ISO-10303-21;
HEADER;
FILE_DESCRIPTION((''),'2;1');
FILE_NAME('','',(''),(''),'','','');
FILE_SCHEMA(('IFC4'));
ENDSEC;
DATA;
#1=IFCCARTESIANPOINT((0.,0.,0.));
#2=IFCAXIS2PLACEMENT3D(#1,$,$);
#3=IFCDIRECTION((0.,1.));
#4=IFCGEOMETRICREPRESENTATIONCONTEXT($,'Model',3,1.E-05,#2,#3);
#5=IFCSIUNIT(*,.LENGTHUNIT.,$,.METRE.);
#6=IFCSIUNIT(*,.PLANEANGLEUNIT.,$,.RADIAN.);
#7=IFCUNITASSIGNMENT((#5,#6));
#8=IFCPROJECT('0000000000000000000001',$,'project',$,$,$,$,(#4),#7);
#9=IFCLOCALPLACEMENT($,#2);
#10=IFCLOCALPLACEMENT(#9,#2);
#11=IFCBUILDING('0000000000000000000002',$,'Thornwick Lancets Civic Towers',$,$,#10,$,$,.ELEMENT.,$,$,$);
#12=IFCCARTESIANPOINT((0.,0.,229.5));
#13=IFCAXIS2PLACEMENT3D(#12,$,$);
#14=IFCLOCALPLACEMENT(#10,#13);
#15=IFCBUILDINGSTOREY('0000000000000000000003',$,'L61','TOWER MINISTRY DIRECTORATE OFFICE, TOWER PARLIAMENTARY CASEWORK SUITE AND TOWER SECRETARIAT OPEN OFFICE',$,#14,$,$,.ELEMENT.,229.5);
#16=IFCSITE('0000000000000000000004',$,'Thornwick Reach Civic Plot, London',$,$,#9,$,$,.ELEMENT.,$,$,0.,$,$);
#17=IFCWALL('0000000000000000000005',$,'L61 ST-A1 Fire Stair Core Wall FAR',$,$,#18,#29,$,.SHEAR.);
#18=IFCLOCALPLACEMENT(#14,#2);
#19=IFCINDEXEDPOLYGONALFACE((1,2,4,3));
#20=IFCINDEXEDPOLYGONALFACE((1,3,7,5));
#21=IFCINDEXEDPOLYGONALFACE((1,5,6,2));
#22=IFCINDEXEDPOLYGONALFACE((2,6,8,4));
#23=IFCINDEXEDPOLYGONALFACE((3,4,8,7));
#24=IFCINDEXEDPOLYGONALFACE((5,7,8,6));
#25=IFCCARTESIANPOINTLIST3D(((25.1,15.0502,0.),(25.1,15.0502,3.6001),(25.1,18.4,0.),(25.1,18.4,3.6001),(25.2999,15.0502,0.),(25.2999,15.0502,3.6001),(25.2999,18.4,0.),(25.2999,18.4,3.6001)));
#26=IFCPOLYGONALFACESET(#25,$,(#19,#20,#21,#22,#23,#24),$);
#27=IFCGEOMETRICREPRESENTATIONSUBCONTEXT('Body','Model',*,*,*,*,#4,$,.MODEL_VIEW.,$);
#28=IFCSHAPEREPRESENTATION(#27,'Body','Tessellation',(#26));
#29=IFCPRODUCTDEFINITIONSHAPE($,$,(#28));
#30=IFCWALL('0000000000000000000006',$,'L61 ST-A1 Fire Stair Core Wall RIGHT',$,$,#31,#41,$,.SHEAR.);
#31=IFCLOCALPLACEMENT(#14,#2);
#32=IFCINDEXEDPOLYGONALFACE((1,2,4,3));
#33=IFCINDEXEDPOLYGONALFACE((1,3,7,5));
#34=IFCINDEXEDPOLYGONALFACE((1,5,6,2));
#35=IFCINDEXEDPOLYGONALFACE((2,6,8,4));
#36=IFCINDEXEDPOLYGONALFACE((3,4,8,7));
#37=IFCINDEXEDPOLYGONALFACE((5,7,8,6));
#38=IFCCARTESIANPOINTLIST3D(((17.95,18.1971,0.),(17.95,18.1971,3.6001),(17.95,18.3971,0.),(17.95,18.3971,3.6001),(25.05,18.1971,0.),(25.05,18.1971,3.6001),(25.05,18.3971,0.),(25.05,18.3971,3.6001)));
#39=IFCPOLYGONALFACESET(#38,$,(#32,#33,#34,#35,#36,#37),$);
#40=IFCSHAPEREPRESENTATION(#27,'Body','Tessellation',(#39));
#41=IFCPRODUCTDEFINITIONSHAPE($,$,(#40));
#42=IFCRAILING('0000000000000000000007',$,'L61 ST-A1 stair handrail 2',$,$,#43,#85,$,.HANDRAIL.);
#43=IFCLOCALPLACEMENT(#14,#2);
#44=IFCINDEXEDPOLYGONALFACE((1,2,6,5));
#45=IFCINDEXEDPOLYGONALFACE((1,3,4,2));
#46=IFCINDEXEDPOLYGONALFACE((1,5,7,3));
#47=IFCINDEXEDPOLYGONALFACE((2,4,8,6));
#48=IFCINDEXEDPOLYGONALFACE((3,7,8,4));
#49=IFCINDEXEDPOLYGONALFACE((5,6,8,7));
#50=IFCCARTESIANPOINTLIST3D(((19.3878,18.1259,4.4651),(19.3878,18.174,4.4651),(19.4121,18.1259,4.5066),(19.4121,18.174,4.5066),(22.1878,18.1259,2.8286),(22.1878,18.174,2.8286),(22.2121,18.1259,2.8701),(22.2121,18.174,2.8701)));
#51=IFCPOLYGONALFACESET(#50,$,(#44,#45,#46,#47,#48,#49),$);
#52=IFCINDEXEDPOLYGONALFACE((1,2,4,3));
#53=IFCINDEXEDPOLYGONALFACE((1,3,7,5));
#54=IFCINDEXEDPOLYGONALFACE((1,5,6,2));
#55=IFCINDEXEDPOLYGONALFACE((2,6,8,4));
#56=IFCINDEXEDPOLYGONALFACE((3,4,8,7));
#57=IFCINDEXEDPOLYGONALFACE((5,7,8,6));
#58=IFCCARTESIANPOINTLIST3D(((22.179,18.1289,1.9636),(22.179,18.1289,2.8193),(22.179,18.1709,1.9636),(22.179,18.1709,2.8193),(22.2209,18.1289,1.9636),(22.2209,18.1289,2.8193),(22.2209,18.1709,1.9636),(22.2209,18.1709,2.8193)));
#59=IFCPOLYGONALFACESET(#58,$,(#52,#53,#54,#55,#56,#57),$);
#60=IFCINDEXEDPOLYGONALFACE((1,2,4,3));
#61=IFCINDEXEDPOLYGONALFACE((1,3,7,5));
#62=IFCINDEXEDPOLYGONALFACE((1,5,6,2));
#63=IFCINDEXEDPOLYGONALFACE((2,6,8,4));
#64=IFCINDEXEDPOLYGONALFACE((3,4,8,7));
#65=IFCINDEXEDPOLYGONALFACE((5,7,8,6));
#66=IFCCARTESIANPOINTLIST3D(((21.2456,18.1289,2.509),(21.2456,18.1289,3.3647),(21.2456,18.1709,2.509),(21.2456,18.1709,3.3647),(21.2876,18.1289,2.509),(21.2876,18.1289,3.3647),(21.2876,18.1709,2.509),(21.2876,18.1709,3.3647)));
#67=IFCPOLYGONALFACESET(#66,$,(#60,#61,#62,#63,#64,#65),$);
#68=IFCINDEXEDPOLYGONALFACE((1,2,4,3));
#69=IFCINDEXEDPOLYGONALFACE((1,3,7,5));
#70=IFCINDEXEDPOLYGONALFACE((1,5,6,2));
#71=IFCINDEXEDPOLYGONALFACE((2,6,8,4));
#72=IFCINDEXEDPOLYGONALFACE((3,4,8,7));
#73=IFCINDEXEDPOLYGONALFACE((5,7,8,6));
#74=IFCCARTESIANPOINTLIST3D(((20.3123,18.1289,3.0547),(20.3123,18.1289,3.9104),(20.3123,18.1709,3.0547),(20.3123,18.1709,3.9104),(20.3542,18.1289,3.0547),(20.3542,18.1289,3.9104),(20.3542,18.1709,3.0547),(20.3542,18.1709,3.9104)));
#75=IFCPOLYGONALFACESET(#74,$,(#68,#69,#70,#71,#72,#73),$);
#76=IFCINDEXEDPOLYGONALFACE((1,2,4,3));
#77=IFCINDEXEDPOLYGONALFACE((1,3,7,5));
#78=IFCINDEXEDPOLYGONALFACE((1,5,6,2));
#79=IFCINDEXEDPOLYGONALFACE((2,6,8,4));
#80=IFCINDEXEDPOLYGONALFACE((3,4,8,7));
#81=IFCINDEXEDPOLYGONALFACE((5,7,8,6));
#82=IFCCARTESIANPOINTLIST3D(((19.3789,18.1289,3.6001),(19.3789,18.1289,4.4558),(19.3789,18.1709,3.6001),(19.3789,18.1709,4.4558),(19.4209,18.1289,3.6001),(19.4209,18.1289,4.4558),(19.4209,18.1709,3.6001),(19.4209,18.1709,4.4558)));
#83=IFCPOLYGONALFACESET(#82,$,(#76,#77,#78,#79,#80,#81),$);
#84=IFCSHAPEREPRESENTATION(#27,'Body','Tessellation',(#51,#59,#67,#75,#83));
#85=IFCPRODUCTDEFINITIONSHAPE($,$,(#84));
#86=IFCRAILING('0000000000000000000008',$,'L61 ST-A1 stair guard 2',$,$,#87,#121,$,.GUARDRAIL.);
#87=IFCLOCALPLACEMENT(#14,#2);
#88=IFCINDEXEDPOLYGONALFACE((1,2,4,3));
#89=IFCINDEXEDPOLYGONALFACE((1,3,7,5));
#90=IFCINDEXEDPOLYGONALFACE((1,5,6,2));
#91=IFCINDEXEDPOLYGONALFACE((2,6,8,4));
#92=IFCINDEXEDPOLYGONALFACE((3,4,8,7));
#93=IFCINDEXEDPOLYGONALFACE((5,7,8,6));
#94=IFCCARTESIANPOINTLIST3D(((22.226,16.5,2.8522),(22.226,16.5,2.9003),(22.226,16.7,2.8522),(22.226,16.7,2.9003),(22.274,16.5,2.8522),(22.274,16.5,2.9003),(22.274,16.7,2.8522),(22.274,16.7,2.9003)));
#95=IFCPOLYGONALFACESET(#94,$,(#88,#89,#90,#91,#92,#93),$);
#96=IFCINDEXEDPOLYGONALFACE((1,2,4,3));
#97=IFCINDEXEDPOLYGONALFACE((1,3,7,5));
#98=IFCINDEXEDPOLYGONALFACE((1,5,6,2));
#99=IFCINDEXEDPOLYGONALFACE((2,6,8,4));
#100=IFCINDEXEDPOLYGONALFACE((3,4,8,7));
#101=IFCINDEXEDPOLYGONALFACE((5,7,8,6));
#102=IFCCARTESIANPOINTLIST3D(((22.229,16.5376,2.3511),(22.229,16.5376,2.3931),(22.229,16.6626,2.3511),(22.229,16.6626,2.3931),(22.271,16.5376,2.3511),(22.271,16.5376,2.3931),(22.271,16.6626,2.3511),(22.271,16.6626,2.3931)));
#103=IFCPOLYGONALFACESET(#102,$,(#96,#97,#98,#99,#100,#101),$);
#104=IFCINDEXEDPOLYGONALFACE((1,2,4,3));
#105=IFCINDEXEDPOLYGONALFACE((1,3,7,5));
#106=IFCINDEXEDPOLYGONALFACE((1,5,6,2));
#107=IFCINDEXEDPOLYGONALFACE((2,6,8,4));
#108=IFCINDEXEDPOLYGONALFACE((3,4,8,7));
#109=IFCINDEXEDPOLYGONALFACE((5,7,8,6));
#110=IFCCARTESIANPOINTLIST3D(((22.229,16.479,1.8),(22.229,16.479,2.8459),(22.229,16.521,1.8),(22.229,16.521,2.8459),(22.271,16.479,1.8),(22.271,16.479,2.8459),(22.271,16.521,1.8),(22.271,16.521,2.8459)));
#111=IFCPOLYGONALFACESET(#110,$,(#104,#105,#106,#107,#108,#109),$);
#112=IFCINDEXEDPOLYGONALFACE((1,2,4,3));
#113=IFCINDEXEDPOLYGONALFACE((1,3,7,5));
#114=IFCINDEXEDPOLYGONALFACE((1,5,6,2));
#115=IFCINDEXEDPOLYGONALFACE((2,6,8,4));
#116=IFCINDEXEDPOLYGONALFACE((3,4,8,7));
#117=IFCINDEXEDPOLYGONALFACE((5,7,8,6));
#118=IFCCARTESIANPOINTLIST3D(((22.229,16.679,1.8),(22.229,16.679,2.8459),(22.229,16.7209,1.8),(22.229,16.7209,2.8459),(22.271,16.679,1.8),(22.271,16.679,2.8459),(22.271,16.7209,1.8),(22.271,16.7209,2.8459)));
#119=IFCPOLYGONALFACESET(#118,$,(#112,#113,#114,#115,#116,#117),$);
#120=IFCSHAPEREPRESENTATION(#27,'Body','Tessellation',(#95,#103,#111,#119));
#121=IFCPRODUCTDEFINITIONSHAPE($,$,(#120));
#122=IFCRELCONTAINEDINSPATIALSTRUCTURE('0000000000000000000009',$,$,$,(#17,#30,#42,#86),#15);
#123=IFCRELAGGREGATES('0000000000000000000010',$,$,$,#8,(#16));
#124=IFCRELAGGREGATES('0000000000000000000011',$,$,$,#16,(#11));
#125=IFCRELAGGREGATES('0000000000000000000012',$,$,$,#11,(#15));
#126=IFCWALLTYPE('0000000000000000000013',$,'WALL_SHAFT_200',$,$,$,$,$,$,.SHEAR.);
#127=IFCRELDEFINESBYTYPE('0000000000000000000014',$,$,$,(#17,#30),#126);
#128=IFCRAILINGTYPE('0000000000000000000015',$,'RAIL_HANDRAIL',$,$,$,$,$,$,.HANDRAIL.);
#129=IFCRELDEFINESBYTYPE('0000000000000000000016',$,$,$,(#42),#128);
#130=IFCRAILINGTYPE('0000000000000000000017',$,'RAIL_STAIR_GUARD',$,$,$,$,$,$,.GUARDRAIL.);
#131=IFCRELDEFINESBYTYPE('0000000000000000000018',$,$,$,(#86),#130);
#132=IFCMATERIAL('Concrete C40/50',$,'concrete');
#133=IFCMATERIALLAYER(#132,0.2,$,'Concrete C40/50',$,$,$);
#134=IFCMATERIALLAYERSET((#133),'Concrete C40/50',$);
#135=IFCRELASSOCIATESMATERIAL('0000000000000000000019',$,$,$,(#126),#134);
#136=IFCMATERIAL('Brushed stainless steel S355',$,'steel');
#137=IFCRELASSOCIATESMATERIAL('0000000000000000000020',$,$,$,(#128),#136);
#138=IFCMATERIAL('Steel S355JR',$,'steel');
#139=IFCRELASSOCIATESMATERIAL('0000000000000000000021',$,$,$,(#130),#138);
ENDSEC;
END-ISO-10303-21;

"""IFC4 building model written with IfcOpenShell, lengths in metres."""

from ifc_helpers import new_model, si_unit, direction, frame, frame_2d, origin, origin_2d, place, context, subcontext, project, spatial, rectangle, extrude, material, layer, layer_set, type_object, element, save


model = new_model("IFC4")

# Units and contexts
model_context = context("Model", 3, precision=1e-05, world=origin(), true_north=direction((0.0, 1.0)))
body_context = subcontext(model_context, "Body", "Model", "MODEL_VIEW")
ifc_project = project(units=[si_unit("LENGTHUNIT", "METRE"), si_unit("PLANEANGLEUNIT", "RADIAN")], contexts=[model_context])

# Site, building, storey
site_placement = place(None, origin())
site = spatial("IfcSite", under=ifc_project, at=site_placement, Name="Thornwick Reach Civic Plot, London", CompositionType="ELEMENT", RefElevation=0.0)
building_placement = place(site_placement, origin())
building = spatial("IfcBuilding", under=site, at=building_placement, Name="Thornwick Lancets Civic Towers", CompositionType="ELEMENT")
storey_placement = place(building_placement, frame((0.0, 0.0, 229.5)))
storey = spatial("IfcBuildingStorey", under=building, at=storey_placement, Name="L61", Description="TOWER MINISTRY DIRECTORATE OFFICE, TOWER PARLIAMENTARY CASEWORK SUITE AND TOWER SECRETARIAT OPEN OFFICE", CompositionType="ELEMENT", Elevation=229.5)

# Shared definitions
ifc_material_1 = material(Name="Steel S355JR", Category="steel")

# Shared definitions
ifc_material_2 = material(Name="Concrete C40/50", Category="concrete")

# Walls
ifc_layer_1 = layer(ifc_material_2, 0.2, Name="Concrete C40/50")
ifc_layer_set_1 = layer_set([ifc_layer_1], Name="Concrete C40/50")
wall_type_1 = type_object("IfcWallType", Name="WALL_SHAFT_200", PredefinedType="SHEAR", material=ifc_layer_set_1)
wall_1_placement = place(storey_placement, frame((25.2, 18.3999, 0.0), z_axis=(0.0, 0.0, 1.0), x_axis=(0.0, -1.0, 0.0)))
element("IfcWall", 1, at=wall_1_placement, inside=storey, type_object=wall_type_1, Name="L61 ST-A1 Fire Stair Core Wall FAR", PredefinedType="SHEAR", context=body_context, shape_type="SweptSolid", body=[
    extrude(rectangle(XDim=3.3499, YDim=0.2, at=frame_2d((1.6748, 0.0))), origin(), (0.0, 0.0, 1.0), 3.6001),
])
wall_2_placement = place(storey_placement, frame((25.05, 18.2971, 0.0), z_axis=(0.0, 0.0, 1.0), x_axis=(-1.0, 0.0, 0.0)))
element("IfcWall", 2, at=wall_2_placement, inside=storey, type_object=wall_type_1, Name="L61 ST-A1 Fire Stair Core Wall RIGHT", PredefinedType="SHEAR", context=body_context, shape_type="SweptSolid", body=[
    extrude(rectangle(XDim=7.1001, YDim=0.2, at=frame_2d((3.55, 0.0))), origin(), (0.0, 0.0, 1.0), 3.6001),
])

# Railings
ifc_material_3 = material(Name="Brushed stainless steel S355", Category="steel")
railing_type_1 = type_object("IfcRailingType", Name="RAIL_HANDRAIL", PredefinedType="HANDRAIL", material=ifc_material_3)
railing_1_placement = place(storey_placement, frame((22.2, 18.1499, 1.9636)))
element("IfcRailing", 3, at=railing_1_placement, inside=storey, type_object=railing_type_1, Name="L61 ST-A1 stair handrail 2", PredefinedType="HANDRAIL", context=body_context, shape_type="SweptSolid", body=[
    extrude(rectangle(XDim=0.0481, YDim=0.0481, at=origin_2d()), frame((0.0, 0.0, 0.8857), z_axis=(-0.863361, 0.0, 0.504587), x_axis=(0.0, -1.0, 0.0)), (0.0, 0.0, 1.0), 3.2432),
    extrude(rectangle(XDim=0.042, YDim=0.042, at=origin_2d()), origin(), (0.0, 0.0, 1.0), 0.8557),
    extrude(rectangle(XDim=0.042, YDim=0.042, at=origin_2d()), frame((-0.9333, 0.0, 0.5454)), (0.0, 0.0, 1.0), 0.8557),
    extrude(rectangle(XDim=0.042, YDim=0.042, at=origin_2d()), frame((-1.8667, 0.0, 1.0911)), (0.0, 0.0, 1.0), 0.8557),
    extrude(rectangle(XDim=0.042, YDim=0.042, at=origin_2d()), frame((-2.8, 0.0, 1.6365)), (0.0, 0.0, 1.0), 0.8557),
])
railing_type_2 = type_object("IfcRailingType", Name="RAIL_STAIR_GUARD", PredefinedType="GUARDRAIL", material=ifc_material_1)
railing_2_placement = place(storey_placement, frame((22.25, 16.5, 1.8)))
element("IfcRailing", 4, at=railing_2_placement, inside=storey, type_object=railing_type_2, Name="L61 ST-A1 stair guard 2", PredefinedType="GUARDRAIL", context=body_context, shape_type="SweptSolid", body=[
    extrude(rectangle(XDim=0.0481, YDim=0.0481, at=origin_2d()), frame((0.0, 0.0, 1.0762), z_axis=(0.0, 1.0, 0.0), x_axis=(-1.0, 0.0, 0.0)), (0.0, 0.0, 1.0), 0.2),
    extrude(rectangle(XDim=0.042, YDim=0.042, at=origin_2d()), frame((0.0, 0.0376, 0.572), z_axis=(0.0, 1.0, 0.0), x_axis=(-1.0, 0.0, 0.0)), (0.0, 0.0, 1.0), 0.125),
    extrude(rectangle(XDim=0.042, YDim=0.042, at=origin_2d()), origin(), (0.0, 0.0, 1.0), 1.0459),
    extrude(rectangle(XDim=0.042, YDim=0.042, at=origin_2d()), frame((0.0, 0.2, 0.0)), (0.0, 0.0, 1.0), 1.0459),
])

save(model, "model.ifc")
